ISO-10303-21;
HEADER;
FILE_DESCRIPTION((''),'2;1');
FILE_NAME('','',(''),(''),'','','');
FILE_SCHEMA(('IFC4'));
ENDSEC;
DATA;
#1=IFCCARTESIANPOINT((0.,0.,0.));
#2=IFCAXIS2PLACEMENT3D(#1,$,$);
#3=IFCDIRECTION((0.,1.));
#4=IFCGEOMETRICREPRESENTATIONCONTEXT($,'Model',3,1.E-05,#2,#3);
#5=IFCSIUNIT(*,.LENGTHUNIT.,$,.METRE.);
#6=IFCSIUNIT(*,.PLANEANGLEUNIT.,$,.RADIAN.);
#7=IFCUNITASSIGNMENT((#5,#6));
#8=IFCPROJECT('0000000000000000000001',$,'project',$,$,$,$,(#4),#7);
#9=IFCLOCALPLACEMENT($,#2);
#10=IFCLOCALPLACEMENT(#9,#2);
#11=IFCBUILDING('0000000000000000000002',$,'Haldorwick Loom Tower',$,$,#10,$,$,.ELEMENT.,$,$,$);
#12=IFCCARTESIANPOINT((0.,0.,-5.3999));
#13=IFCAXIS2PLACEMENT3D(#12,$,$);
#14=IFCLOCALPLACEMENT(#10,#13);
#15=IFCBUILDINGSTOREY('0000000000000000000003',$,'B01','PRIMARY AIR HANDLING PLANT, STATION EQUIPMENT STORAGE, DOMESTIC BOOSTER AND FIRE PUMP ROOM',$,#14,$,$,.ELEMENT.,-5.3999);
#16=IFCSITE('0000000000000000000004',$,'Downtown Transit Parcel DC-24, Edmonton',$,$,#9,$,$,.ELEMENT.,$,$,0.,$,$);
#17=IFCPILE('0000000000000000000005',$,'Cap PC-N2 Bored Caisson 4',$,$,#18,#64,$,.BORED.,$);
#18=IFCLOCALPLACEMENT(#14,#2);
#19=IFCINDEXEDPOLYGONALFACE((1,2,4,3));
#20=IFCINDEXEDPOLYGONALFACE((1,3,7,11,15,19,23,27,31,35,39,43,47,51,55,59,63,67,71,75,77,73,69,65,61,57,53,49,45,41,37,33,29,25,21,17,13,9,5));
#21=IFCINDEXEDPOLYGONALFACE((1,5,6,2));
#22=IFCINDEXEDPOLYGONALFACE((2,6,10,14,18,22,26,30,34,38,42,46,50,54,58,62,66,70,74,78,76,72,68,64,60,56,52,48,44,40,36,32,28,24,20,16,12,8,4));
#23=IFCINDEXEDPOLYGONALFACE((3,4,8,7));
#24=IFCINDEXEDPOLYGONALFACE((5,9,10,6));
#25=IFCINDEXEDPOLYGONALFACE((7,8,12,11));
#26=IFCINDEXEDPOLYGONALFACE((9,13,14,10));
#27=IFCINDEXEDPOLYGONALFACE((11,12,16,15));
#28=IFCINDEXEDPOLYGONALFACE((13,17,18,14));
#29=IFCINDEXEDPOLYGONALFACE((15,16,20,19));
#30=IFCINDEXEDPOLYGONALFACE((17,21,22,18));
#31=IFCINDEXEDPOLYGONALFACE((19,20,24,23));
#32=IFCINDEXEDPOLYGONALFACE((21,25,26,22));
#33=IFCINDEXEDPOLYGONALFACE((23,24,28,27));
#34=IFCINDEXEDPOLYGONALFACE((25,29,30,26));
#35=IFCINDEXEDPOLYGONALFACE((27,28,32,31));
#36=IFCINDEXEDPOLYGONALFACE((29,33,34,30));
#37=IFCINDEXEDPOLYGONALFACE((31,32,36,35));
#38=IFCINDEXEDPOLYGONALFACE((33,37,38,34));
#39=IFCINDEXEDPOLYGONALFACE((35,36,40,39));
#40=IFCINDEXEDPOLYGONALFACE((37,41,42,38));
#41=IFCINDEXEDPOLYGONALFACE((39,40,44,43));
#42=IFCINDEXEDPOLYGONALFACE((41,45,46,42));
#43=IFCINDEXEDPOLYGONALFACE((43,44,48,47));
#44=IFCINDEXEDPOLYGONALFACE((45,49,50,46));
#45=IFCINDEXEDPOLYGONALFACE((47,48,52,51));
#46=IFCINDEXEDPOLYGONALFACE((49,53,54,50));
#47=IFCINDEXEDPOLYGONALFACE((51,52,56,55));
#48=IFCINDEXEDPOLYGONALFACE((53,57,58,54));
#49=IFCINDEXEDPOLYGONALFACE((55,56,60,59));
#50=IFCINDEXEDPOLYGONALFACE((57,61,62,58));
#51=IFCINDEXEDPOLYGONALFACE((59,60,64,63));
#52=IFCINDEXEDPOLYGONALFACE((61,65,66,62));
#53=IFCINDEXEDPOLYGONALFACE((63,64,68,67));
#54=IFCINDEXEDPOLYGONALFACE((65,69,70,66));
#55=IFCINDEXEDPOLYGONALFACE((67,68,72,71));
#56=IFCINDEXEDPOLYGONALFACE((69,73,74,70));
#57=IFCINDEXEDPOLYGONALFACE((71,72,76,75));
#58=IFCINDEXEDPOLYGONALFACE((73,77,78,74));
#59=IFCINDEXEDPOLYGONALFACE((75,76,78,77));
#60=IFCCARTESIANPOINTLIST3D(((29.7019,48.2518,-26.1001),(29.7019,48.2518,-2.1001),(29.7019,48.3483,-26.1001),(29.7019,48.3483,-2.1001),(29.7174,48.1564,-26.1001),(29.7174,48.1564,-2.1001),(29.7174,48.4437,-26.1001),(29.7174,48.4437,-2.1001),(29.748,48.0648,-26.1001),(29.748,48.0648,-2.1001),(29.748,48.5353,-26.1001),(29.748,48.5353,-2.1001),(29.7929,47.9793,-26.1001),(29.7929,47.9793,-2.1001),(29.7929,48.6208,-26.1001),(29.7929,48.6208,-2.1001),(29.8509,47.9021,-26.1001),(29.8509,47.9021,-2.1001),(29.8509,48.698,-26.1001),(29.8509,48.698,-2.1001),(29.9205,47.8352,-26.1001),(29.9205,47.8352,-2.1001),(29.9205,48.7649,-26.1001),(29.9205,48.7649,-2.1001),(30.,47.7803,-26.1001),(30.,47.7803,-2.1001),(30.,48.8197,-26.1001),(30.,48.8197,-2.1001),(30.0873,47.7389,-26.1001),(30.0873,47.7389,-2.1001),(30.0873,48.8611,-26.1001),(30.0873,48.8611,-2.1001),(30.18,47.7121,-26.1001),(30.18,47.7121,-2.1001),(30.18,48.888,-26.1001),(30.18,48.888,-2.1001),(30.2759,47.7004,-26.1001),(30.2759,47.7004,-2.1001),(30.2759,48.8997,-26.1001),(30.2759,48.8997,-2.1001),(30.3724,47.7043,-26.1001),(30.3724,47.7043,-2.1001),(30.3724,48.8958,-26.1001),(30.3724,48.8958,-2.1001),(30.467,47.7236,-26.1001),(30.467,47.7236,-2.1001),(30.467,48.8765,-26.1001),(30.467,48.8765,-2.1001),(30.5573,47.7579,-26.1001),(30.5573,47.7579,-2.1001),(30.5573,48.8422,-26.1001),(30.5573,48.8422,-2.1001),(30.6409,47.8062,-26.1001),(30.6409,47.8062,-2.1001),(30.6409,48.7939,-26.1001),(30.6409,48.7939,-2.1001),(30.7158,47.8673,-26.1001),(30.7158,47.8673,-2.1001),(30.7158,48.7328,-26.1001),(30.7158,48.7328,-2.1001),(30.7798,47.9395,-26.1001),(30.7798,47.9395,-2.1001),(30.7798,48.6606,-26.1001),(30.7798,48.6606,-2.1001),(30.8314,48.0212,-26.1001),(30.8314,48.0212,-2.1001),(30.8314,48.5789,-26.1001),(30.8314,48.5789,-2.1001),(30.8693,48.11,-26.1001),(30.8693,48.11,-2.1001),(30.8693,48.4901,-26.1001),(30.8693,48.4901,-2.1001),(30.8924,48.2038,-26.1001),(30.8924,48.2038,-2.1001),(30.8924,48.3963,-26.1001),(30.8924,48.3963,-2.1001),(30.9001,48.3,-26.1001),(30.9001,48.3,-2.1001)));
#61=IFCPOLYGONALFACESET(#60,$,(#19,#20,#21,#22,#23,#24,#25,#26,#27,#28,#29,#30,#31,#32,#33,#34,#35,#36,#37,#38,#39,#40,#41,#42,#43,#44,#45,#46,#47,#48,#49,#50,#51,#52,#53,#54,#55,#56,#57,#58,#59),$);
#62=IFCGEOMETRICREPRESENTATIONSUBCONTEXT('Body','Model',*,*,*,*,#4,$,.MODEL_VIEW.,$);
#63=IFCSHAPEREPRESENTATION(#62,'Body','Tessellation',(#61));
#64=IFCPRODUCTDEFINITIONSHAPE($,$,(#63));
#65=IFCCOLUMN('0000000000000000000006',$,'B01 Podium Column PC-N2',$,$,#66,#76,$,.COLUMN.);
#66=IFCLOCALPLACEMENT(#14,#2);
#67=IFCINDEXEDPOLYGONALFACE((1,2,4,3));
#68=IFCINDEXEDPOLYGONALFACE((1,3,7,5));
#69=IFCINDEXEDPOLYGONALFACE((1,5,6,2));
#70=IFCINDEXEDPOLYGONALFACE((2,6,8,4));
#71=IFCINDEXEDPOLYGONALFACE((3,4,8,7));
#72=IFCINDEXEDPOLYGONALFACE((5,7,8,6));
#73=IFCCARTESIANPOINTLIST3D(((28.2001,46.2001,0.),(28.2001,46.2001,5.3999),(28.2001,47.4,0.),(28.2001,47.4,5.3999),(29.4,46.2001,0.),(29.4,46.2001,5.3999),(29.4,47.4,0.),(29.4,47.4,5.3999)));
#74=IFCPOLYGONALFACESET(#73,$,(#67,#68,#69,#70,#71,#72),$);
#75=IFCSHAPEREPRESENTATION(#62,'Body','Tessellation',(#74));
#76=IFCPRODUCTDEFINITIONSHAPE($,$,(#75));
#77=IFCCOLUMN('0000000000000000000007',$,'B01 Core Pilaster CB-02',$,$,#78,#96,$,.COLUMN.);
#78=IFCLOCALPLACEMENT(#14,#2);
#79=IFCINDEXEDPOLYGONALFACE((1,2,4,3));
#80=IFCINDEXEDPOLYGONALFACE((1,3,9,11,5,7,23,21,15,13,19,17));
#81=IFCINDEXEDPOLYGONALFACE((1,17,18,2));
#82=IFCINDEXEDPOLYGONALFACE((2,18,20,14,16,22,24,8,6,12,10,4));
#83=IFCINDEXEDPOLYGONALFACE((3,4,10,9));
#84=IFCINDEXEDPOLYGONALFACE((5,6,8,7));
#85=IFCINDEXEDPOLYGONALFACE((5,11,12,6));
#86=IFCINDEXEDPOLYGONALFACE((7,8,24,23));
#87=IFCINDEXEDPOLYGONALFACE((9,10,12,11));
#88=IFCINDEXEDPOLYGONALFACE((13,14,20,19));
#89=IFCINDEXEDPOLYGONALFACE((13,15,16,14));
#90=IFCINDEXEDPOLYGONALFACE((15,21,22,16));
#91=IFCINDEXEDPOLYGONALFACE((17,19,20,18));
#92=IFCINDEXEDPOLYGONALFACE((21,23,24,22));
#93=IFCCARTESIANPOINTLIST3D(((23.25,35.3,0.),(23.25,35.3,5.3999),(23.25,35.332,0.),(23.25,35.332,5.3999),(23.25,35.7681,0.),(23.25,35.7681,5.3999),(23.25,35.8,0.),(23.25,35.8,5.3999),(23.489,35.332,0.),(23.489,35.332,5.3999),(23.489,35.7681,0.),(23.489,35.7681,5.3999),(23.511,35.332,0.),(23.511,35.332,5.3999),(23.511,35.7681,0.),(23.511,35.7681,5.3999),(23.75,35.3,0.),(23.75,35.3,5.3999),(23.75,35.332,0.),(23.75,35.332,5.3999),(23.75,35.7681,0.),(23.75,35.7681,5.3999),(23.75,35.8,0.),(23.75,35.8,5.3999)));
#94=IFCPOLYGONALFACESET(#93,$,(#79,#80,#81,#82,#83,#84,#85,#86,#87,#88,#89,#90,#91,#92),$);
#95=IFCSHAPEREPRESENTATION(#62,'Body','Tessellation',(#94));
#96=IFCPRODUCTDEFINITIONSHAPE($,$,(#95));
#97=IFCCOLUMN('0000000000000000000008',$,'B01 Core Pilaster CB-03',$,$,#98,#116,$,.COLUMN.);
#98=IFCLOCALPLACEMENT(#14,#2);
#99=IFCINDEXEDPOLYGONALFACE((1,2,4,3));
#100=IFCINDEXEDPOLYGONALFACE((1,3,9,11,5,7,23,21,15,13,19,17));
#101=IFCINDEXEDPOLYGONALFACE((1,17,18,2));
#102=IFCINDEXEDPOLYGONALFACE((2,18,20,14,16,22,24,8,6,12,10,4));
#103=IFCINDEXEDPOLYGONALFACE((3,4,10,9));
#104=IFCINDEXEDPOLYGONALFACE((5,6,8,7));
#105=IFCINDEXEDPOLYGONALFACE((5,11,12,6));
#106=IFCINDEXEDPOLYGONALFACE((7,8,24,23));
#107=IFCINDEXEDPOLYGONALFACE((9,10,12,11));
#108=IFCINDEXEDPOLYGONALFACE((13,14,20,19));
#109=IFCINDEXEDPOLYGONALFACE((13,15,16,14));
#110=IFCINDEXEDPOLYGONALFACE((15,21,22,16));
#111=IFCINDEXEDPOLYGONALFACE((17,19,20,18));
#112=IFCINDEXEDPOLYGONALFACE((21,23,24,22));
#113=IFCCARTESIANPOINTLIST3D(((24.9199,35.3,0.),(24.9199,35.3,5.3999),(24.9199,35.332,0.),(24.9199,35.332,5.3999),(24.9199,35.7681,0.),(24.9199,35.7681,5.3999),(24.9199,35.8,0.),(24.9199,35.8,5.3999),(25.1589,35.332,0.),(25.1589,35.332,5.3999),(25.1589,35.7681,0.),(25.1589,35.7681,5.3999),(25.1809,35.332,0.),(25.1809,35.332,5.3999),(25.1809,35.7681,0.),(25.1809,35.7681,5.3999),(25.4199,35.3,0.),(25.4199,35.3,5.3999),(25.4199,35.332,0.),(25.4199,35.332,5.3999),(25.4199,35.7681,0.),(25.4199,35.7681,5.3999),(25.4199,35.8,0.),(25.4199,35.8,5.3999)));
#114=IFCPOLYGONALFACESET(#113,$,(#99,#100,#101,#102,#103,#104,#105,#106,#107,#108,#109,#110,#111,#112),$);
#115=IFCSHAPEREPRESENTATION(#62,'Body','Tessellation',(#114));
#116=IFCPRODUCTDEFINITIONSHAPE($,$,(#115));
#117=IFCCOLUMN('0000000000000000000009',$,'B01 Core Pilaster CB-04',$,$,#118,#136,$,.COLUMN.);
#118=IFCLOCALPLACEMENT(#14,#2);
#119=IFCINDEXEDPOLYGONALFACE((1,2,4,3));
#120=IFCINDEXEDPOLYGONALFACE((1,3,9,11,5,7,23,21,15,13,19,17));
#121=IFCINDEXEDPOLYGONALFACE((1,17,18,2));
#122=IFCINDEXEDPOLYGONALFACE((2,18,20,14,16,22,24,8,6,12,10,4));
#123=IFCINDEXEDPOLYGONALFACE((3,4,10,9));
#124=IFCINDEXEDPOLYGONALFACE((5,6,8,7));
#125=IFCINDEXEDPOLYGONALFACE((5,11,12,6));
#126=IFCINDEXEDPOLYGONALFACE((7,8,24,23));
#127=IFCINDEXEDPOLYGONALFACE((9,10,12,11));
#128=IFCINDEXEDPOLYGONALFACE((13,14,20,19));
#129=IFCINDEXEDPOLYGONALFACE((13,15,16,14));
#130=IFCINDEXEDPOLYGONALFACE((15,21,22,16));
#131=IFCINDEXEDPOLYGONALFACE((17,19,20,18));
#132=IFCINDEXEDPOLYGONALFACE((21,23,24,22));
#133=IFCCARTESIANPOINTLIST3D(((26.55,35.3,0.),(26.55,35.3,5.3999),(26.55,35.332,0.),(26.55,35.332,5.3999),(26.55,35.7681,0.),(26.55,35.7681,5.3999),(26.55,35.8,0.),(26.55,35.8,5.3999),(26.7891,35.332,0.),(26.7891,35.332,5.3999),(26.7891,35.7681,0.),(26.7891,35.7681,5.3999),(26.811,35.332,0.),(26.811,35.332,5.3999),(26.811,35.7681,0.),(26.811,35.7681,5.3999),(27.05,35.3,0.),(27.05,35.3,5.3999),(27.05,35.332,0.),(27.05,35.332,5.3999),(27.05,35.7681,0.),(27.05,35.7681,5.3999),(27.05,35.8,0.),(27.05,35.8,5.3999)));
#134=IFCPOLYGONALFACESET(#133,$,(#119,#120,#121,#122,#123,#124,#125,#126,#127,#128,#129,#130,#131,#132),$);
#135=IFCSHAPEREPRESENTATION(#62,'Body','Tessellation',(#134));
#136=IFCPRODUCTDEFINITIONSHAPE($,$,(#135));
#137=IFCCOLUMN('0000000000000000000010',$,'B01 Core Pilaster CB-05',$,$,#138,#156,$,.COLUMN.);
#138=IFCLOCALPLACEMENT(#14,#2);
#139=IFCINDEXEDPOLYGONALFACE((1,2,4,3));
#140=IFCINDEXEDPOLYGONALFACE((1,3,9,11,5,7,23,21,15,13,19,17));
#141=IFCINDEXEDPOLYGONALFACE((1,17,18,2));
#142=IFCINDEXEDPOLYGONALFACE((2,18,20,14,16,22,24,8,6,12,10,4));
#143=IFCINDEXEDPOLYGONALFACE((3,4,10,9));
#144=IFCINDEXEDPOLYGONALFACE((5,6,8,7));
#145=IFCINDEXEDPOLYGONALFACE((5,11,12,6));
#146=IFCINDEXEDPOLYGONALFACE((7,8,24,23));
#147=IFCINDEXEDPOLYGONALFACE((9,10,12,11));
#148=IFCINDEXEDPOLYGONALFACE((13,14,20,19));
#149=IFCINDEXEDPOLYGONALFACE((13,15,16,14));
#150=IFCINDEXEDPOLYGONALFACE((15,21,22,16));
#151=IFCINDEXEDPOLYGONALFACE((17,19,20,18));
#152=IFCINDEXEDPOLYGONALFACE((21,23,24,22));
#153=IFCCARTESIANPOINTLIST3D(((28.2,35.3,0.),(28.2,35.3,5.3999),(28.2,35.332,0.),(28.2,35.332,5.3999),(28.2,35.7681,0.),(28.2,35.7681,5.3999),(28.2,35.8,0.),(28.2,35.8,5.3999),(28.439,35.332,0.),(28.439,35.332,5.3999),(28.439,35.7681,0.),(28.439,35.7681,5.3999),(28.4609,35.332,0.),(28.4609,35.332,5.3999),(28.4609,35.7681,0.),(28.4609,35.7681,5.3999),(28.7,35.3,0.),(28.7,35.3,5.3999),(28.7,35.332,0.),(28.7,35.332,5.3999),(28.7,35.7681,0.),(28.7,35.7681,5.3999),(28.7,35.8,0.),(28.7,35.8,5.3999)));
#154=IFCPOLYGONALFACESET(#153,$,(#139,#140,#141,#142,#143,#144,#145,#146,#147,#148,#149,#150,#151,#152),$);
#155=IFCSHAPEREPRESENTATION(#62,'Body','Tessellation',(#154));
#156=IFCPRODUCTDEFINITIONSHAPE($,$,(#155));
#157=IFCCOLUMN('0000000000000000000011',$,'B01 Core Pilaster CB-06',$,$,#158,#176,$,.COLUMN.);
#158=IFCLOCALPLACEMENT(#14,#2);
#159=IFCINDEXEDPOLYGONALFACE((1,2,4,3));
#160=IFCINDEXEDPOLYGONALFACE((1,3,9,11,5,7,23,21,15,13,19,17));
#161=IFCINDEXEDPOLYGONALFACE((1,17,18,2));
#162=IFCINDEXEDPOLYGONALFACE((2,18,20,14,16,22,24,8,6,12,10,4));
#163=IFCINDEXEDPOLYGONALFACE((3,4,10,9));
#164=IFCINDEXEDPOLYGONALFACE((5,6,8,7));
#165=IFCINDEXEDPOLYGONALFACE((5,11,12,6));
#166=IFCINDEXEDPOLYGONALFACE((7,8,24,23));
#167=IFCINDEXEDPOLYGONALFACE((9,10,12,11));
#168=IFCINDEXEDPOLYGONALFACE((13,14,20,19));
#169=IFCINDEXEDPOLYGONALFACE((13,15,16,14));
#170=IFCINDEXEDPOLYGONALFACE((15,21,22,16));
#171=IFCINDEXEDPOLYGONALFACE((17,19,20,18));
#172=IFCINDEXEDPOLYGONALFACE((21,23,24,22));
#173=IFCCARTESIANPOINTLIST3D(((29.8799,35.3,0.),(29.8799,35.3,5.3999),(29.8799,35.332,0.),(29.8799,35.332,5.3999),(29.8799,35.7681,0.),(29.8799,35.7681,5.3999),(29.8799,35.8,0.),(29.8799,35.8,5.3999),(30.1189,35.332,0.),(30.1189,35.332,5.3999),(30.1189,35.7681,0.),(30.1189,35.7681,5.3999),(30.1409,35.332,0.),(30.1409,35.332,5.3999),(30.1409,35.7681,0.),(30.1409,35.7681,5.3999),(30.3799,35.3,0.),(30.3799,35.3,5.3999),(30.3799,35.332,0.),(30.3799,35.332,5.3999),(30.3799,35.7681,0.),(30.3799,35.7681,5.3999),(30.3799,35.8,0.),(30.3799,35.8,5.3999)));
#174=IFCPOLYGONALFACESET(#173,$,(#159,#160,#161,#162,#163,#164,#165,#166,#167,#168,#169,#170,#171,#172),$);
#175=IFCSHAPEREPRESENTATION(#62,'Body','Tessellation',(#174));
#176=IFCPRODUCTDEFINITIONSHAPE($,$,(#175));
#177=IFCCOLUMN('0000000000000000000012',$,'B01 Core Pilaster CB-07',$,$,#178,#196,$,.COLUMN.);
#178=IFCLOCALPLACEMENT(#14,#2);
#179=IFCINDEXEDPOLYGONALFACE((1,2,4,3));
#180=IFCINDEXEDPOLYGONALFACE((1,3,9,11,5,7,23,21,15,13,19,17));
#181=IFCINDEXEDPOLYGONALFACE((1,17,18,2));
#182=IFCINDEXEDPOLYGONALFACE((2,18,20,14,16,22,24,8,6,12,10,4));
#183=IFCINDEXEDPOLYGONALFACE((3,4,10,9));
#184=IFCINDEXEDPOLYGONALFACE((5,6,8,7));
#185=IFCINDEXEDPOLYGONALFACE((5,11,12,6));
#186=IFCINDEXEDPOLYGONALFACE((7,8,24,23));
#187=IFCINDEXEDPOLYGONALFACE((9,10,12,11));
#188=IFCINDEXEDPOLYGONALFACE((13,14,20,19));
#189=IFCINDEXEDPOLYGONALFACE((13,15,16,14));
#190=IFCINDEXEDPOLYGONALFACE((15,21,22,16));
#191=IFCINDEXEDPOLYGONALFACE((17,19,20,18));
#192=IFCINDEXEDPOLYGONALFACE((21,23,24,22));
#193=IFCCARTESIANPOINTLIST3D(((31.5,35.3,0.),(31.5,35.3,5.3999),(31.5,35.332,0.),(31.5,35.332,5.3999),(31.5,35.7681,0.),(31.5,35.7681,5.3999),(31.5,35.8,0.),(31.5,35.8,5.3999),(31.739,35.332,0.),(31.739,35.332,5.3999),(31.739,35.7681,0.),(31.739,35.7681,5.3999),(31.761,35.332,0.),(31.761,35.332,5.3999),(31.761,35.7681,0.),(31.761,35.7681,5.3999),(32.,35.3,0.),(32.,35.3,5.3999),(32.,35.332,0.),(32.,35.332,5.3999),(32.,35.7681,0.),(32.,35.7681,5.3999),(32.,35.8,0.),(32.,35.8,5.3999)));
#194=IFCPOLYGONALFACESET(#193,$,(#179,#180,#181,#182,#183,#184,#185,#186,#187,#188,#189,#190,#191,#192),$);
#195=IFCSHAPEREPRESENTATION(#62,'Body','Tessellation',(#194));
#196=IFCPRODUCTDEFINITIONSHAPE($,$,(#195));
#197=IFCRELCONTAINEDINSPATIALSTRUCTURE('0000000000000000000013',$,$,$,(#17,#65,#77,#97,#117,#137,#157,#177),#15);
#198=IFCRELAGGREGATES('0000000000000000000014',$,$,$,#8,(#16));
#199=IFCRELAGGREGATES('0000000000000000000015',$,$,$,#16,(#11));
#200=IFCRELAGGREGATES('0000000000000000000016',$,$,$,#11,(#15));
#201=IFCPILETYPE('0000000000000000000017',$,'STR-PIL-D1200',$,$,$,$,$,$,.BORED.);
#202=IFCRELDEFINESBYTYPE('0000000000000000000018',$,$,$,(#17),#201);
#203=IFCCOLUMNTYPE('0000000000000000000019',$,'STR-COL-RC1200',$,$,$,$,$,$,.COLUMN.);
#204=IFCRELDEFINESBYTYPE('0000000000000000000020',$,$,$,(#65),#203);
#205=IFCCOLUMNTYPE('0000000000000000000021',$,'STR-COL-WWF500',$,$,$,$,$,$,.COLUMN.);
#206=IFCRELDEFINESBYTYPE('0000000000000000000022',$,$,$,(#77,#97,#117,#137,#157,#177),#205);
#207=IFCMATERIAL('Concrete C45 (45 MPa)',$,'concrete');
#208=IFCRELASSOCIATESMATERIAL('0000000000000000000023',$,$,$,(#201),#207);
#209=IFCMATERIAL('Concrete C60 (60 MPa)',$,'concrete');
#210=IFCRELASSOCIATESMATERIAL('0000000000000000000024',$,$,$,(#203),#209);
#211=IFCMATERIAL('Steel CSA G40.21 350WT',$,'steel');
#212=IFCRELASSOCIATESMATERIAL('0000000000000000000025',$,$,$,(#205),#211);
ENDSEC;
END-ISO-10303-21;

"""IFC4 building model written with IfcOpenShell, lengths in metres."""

from ifc_helpers import new_model, si_unit, direction, frame, origin, origin_2d, place, context, subcontext, project, spatial, rectangle, circle, i_section, extrude, material, material_profile, profile_set, type_object, element, save


model = new_model("IFC4")

# Units and contexts
model_context = context("Model", 3, precision=1e-05, world=origin(), true_north=direction((0.0, 1.0)))
body_context = subcontext(model_context, "Body", "Model", "MODEL_VIEW")
ifc_project = project(units=[si_unit("LENGTHUNIT", "METRE"), si_unit("PLANEANGLEUNIT", "RADIAN")], contexts=[model_context])

# Site, building, storey
site_placement = place(None, origin())
site = spatial("IfcSite", under=ifc_project, at=site_placement, Name="Downtown Transit Parcel DC-24, Edmonton", CompositionType="ELEMENT", RefElevation=0.0)
building_placement = place(site_placement, origin())
building = spatial("IfcBuilding", under=site, at=building_placement, Name="Haldorwick Loom Tower", CompositionType="ELEMENT")
storey_placement = place(building_placement, frame((0.0, 0.0, -5.3999)))
storey = spatial("IfcBuildingStorey", under=building, at=storey_placement, Name="B01", Description="PRIMARY AIR HANDLING PLANT, STATION EQUIPMENT STORAGE, DOMESTIC BOOSTER AND FIRE PUMP ROOM", CompositionType="ELEMENT", Elevation=-5.3999)

# Shared definitions
ifc_material_1 = material(Name="Concrete C45 (45 MPa)", Category="concrete")

# Pile
ifc_material_profile_1 = material_profile(ifc_material_1, circle(Radius=0.6001, at=origin_2d()), Name="CAISSON_D1200", Category="concrete")
ifc_profile_set_1 = profile_set([ifc_material_profile_1], Name="Concrete C45 (45 MPa)")
pile_type = type_object("IfcPileType", Name="STR-PIL-D1200", PredefinedType="BORED", material=ifc_profile_set_1)
for number, where, z_axis, x_axis, name in (
    (1, (30.3, 48.3, -2.1001), (0.0, 0.0, -1.0), (1.0, 0.0, 0.0), "Cap PC-N2 Bored Caisson 4"),
):
    element("IfcPile", number, at=place(storey_placement, frame(where, z_axis=z_axis, x_axis=x_axis)), inside=storey, type_object=pile_type, Name=name, PredefinedType="BORED", context=body_context, shape_type="SweptSolid", body=[
        extrude(circle(Radius=0.6001, at=origin_2d()), origin(), (0.0, 0.0, 1.0), 24.0),
    ])

# Columns
ifc_material_2 = material(Name="Concrete C60 (60 MPa)", Category="concrete")
ifc_material_profile_2 = material_profile(ifc_material_2, rectangle(XDim=1.2, YDim=1.2, at=origin_2d()), Name="RC1200X1200", Category="concrete")
ifc_profile_set_2 = profile_set([ifc_material_profile_2], Name="Concrete C60 (60 MPa)")
column_type_1 = type_object("IfcColumnType", Name="STR-COL-RC1200", PredefinedType="COLUMN", material=ifc_profile_set_2)
column_placement = place(storey_placement, frame((28.8, 46.8, 0.0), z_axis=(0.0, 0.0, 1.0), x_axis=(1.0, 0.0, 0.0)))
element("IfcColumn", 2, at=column_placement, inside=storey, type_object=column_type_1, Name="B01 Podium Column PC-N2", PredefinedType="COLUMN", context=body_context, shape_type="SweptSolid", body=[
    extrude(rectangle(XDim=1.2, YDim=1.2, at=origin_2d()), origin(), (0.0, 0.0, 1.0), 5.3999),
])
ifc_material_3 = material(Name="Steel CSA G40.21 350WT", Category="steel")
ifc_material_profile_3 = material_profile(ifc_material_3, i_section(OverallWidth=0.5, OverallDepth=0.5, WebThickness=0.022, FlangeThickness=0.032, at=origin_2d()), Name="WWF500X500", Category="steel")
ifc_profile_set_3 = profile_set([ifc_material_profile_3], Name="Steel CSA G40.21 350WT")
column_type_2 = type_object("IfcColumnType", Name="STR-COL-WWF500", PredefinedType="COLUMN", material=ifc_profile_set_3)
for number, where, z_axis, x_axis, name in (
    (3, (23.5, 35.55, 0.0), (0.0, 0.0, 1.0), (1.0, 0.0, 0.0), "B01 Core Pilaster CB-02"),
    (4, (25.1699, 35.55, 0.0), (0.0, 0.0, 1.0), (1.0, 0.0, 0.0), "B01 Core Pilaster CB-03"),
    (5, (26.8, 35.55, 0.0), (0.0, 0.0, 1.0), (1.0, 0.0, 0.0), "B01 Core Pilaster CB-04"),
    (6, (28.45, 35.55, 0.0), (0.0, 0.0, 1.0), (1.0, 0.0, 0.0), "B01 Core Pilaster CB-05"),
    (7, (30.1299, 35.55, 0.0), (0.0, 0.0, 1.0), (1.0, 0.0, 0.0), "B01 Core Pilaster CB-06"),
    (8, (31.75, 35.55, 0.0), (0.0, 0.0, 1.0), (1.0, 0.0, 0.0), "B01 Core Pilaster CB-07"),
):
    element("IfcColumn", number, at=place(storey_placement, frame(where, z_axis=z_axis, x_axis=x_axis)), inside=storey, type_object=column_type_2, Name=name, PredefinedType="COLUMN", context=body_context, shape_type="SweptSolid", body=[
        extrude(i_section(OverallWidth=0.5, OverallDepth=0.5, WebThickness=0.022, FlangeThickness=0.032, at=origin_2d()), origin(), (0.0, 0.0, 1.0), 5.3999),
    ])

save(model, "model.ifc")
